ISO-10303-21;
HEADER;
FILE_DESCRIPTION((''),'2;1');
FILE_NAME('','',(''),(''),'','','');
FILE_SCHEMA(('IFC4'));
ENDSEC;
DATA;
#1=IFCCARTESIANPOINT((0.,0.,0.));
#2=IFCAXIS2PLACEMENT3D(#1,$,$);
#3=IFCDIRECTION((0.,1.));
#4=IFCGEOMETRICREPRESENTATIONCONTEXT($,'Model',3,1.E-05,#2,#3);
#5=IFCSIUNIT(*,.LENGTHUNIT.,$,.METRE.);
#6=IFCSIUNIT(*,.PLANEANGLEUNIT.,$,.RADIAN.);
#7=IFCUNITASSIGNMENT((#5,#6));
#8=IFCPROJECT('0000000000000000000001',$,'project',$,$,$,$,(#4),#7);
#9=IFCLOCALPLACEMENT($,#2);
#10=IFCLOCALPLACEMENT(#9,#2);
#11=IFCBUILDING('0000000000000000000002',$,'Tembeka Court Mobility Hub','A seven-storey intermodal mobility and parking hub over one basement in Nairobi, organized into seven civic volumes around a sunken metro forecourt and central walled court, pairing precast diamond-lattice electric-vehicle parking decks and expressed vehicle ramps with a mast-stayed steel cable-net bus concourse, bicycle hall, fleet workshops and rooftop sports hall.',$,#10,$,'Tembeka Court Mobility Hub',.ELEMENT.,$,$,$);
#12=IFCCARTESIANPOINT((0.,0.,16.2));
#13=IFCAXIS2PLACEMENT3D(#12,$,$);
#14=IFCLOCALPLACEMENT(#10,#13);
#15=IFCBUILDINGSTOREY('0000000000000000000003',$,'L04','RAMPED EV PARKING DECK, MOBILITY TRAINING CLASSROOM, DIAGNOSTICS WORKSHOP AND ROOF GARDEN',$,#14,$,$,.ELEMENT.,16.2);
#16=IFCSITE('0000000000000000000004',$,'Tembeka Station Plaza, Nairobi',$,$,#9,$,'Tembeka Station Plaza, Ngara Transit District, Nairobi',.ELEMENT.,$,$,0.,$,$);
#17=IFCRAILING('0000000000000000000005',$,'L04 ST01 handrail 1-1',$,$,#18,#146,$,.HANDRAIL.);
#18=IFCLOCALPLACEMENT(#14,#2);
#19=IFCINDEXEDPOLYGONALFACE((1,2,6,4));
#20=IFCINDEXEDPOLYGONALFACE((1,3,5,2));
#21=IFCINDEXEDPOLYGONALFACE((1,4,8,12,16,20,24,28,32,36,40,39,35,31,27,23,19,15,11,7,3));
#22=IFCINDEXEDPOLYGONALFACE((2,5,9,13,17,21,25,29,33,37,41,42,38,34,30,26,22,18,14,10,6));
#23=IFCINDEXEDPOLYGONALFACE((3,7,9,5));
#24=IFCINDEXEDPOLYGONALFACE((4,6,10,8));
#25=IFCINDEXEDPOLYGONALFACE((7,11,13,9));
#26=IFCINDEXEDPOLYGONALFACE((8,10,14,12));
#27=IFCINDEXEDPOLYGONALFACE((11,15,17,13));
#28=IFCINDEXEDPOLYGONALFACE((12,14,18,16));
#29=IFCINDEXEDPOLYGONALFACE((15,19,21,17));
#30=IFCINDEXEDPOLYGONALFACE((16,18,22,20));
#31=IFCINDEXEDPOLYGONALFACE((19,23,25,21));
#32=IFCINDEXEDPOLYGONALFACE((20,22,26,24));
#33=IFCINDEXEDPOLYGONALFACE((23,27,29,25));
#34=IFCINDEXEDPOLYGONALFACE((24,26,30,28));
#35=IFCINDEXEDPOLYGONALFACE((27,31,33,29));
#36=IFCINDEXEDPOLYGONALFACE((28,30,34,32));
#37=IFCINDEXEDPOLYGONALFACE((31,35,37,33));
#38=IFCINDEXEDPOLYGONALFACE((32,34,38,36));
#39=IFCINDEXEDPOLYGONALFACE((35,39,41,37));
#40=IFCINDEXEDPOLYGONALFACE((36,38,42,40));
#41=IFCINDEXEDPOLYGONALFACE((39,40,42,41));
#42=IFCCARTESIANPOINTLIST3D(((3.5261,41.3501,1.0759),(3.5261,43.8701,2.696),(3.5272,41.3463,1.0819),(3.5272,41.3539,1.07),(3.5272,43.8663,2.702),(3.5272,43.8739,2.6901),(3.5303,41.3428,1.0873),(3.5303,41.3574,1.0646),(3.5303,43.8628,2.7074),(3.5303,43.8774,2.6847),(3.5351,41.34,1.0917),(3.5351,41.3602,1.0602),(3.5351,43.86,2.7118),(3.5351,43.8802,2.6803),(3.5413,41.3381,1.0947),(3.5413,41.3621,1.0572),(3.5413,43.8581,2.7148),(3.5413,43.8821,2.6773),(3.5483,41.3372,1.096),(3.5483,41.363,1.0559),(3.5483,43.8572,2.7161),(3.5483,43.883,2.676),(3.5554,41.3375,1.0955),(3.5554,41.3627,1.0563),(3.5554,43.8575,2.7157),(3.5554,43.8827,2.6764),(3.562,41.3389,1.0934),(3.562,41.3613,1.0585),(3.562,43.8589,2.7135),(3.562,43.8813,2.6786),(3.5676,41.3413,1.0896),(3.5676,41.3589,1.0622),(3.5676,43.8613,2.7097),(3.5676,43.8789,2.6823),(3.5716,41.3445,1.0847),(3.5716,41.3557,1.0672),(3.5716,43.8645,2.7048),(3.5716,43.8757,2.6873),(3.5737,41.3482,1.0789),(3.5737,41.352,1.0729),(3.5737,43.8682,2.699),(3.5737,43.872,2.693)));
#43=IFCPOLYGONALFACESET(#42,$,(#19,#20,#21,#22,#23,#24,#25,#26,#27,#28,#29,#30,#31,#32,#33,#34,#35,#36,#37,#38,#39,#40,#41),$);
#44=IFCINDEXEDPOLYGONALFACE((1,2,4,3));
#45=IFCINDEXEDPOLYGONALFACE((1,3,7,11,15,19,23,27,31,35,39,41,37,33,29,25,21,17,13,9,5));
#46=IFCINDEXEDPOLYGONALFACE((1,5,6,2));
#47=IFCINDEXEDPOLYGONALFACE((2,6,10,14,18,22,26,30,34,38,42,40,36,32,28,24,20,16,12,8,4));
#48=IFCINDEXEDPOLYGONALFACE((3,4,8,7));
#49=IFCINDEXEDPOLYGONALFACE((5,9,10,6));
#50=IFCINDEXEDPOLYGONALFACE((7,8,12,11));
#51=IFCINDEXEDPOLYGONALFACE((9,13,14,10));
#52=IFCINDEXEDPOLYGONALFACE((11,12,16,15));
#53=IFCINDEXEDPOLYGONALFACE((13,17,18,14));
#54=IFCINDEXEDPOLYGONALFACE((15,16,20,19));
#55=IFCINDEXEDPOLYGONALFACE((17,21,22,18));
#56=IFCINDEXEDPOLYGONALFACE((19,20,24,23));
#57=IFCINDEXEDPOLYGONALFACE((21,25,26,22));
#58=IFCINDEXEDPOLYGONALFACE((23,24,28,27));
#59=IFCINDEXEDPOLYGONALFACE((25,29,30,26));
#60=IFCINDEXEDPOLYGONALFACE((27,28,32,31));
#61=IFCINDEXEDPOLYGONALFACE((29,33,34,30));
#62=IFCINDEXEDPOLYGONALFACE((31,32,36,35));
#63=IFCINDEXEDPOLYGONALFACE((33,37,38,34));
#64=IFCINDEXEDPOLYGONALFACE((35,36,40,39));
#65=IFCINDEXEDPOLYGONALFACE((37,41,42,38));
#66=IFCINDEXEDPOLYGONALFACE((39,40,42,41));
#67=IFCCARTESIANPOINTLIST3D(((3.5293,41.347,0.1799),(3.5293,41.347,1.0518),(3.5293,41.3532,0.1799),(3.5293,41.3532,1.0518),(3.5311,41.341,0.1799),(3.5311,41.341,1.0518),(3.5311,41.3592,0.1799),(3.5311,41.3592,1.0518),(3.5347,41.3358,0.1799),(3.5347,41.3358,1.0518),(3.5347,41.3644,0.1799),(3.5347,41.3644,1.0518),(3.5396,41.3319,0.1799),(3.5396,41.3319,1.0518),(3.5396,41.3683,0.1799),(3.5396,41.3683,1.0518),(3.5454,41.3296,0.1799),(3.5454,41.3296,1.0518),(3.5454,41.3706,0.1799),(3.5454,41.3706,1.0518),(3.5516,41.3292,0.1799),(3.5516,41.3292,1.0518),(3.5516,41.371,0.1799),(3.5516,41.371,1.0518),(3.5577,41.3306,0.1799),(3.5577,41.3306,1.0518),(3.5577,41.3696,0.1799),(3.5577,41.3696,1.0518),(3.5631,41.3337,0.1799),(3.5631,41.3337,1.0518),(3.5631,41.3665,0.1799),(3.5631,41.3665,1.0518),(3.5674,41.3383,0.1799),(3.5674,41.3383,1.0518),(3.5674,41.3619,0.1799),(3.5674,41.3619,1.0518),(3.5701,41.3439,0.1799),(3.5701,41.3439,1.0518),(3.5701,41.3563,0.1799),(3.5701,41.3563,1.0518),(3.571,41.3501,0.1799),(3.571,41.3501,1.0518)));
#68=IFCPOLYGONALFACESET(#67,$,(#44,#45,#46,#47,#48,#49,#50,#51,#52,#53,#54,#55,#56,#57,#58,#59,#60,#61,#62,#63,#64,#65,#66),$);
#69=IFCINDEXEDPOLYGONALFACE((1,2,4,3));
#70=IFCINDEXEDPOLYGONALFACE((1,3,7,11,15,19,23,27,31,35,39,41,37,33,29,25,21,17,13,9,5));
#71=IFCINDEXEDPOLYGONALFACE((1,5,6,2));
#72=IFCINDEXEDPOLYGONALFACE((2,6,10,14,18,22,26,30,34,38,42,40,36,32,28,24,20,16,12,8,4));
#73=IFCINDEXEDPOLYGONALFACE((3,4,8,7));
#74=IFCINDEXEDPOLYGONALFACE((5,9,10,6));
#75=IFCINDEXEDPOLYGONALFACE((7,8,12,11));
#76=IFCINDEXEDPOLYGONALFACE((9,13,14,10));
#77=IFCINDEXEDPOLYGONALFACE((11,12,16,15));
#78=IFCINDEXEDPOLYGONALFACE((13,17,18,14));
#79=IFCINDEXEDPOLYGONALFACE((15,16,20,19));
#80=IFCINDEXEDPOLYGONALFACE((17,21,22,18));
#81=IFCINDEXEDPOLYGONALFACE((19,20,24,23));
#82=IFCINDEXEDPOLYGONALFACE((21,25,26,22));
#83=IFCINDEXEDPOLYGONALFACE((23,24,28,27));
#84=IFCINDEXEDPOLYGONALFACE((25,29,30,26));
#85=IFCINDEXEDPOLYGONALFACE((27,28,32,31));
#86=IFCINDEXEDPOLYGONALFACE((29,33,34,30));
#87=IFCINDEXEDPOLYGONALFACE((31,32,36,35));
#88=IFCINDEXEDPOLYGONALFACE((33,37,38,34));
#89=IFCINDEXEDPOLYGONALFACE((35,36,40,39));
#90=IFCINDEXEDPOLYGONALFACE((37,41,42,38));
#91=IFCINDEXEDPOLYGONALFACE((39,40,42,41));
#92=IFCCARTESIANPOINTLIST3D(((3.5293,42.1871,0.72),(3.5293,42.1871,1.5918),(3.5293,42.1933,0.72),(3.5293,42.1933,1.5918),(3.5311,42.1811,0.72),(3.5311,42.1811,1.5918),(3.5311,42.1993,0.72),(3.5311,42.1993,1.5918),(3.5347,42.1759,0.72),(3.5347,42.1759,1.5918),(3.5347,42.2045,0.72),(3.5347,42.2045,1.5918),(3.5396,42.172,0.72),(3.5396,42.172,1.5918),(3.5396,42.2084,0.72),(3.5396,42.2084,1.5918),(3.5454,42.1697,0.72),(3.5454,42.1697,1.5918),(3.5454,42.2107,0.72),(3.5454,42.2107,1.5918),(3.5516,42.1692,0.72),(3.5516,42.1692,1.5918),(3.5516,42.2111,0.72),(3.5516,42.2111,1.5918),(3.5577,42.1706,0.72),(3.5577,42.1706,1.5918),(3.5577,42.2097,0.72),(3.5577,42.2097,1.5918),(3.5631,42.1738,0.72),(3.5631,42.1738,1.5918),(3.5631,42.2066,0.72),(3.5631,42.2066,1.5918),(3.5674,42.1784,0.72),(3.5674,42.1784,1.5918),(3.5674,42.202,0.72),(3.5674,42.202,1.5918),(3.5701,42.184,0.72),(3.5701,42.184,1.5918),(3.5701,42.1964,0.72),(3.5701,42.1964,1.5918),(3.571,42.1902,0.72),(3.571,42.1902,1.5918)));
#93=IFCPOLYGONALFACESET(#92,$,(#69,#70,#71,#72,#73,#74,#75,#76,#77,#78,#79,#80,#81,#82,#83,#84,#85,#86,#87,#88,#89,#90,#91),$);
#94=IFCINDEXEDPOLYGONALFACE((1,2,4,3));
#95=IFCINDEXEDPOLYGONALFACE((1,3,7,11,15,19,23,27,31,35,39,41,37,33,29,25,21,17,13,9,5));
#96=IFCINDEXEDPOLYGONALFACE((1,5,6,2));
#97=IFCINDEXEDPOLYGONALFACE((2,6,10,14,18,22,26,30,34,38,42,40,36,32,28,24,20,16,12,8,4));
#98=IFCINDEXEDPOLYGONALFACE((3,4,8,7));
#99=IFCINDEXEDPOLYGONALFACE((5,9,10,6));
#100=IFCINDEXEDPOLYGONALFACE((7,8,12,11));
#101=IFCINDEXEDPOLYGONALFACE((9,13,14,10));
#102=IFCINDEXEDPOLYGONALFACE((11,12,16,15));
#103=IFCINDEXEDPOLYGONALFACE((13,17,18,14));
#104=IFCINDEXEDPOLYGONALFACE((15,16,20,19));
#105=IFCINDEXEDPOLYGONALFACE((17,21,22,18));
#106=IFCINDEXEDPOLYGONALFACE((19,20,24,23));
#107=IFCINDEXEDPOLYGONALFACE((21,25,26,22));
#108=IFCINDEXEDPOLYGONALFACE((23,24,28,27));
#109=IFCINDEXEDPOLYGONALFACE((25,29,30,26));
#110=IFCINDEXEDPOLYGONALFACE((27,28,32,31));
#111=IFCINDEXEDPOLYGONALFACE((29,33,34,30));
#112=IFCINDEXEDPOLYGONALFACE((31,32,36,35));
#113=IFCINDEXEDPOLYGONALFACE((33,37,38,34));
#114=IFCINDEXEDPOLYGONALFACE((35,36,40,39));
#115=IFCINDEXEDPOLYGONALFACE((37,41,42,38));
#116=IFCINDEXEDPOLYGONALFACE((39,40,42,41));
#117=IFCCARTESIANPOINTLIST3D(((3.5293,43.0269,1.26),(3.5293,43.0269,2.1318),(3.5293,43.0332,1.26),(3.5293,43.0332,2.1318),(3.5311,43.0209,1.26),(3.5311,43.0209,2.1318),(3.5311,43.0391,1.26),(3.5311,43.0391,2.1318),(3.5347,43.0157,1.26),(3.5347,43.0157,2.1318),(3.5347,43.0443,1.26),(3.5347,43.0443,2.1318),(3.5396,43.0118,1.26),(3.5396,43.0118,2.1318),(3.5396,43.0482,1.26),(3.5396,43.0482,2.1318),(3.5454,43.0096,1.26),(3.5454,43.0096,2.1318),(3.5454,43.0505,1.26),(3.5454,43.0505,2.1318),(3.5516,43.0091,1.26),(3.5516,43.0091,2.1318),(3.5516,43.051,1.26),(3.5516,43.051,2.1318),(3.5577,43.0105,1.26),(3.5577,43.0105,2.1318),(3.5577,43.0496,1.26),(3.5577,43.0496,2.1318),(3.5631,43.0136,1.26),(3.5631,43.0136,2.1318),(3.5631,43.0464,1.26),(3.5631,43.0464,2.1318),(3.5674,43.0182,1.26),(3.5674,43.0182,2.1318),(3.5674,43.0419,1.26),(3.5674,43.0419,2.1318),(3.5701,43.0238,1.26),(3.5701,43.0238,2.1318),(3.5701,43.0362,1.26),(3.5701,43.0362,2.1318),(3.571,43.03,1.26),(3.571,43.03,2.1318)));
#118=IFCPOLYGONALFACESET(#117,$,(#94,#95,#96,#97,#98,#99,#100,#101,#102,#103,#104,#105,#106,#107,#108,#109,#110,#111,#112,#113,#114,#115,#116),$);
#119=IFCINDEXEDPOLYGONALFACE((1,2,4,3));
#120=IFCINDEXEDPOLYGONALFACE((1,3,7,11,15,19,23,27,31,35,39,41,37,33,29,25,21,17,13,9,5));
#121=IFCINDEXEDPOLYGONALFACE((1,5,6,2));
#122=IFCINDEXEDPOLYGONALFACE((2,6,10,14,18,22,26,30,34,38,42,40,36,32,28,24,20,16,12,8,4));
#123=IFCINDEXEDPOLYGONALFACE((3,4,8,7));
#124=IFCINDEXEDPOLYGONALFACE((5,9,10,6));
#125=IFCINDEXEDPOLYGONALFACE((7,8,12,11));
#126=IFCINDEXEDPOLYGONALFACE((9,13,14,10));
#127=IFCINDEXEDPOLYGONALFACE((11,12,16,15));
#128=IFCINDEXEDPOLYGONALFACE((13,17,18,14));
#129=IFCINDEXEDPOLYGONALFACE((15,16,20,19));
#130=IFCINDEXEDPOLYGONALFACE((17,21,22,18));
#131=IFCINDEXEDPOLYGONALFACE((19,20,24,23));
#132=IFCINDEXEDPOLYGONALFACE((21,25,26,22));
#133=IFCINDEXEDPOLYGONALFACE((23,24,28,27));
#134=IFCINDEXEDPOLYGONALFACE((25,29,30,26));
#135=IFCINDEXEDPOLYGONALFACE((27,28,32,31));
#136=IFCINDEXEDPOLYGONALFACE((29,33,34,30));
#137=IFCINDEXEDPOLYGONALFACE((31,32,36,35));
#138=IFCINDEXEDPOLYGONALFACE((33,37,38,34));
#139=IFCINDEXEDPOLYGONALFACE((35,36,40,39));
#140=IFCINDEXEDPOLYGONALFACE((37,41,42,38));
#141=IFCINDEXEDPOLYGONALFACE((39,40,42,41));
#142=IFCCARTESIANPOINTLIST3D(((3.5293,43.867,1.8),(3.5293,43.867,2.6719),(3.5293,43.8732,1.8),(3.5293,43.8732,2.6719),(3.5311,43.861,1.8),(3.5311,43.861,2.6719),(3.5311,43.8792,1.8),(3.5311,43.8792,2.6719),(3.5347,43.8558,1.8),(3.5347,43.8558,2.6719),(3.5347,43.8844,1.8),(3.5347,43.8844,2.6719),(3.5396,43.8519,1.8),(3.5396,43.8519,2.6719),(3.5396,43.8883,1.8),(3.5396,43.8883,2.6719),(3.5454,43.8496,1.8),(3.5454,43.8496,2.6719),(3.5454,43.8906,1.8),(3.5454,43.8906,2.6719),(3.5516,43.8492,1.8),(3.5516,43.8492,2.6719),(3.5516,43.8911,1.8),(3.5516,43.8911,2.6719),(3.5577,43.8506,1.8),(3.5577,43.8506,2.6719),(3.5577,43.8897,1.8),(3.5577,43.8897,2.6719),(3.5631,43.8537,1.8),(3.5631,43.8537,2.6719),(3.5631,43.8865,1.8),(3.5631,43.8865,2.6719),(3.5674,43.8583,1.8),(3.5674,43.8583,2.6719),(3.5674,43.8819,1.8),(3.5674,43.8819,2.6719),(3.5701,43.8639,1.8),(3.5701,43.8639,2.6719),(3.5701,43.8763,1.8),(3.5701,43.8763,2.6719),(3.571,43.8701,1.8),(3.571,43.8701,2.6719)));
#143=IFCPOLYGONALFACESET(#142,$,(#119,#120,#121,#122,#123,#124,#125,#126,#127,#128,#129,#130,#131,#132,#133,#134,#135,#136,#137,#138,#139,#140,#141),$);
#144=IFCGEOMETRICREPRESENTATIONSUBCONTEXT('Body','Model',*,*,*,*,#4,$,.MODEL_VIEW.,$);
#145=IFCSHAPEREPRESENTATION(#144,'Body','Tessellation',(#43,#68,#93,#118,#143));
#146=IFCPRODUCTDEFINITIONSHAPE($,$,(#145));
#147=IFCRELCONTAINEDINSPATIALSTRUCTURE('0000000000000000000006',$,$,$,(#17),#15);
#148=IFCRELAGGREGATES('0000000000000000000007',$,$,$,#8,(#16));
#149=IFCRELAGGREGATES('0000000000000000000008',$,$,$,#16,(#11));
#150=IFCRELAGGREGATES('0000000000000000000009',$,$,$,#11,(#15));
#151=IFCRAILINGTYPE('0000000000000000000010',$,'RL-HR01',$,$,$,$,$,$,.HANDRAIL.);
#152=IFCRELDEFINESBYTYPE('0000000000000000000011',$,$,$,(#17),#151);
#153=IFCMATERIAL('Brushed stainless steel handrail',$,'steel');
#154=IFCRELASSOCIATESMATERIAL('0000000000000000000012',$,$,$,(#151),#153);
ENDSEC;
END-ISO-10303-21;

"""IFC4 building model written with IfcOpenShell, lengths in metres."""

from ifc_helpers import new_model, si_unit, direction, frame, origin, origin_2d, place, context, subcontext, project, spatial, circle, extrude, material, type_object, element, save


model = new_model("IFC4")

# Units and contexts
model_context = context("Model", 3, precision=1e-05, world=origin(), true_north=direction((0.0, 1.0)))
body_context = subcontext(model_context, "Body", "Model", "MODEL_VIEW")
ifc_project = project(units=[si_unit("LENGTHUNIT", "METRE"), si_unit("PLANEANGLEUNIT", "RADIAN")], contexts=[model_context])

# Site, building, storey
site_placement = place(None, origin())
site = spatial("IfcSite", under=ifc_project, at=site_placement, Name="Tembeka Station Plaza, Nairobi", LongName="Tembeka Station Plaza, Ngara Transit District, Nairobi", CompositionType="ELEMENT", RefElevation=0.0)
building_placement = place(site_placement, origin())
building = spatial("IfcBuilding", under=site, at=building_placement, Name="Tembeka Court Mobility Hub", Description="A seven-storey intermodal mobility and parking hub over one basement in Nairobi, organized into seven civic volumes around a sunken metro forecourt and central walled court, pairing precast diamond-lattice electric-vehicle parking decks and expressed vehicle ramps with a mast-stayed steel cable-net bus concourse, bicycle hall, fleet workshops and rooftop sports hall.", LongName="Tembeka Court Mobility Hub", CompositionType="ELEMENT")
storey_placement = place(building_placement, frame((0.0, 0.0, 16.2)))
storey = spatial("IfcBuildingStorey", under=building, at=storey_placement, Name="L04", Description="RAMPED EV PARKING DECK, MOBILITY TRAINING CLASSROOM, DIAGNOSTICS WORKSHOP AND ROOF GARDEN", CompositionType="ELEMENT", Elevation=16.2)

# Railing
ifc_material_1 = material(Name="Brushed stainless steel handrail", Category="steel")
railing_type_1 = type_object("IfcRailingType", Name="RL-HR01", PredefinedType="HANDRAIL", material=ifc_material_1)
railing_1_placement = place(storey_placement, frame((3.55, 41.3501, 0.1799)))
element("IfcRailing", 1, at=railing_1_placement, inside=storey, type_object=railing_type_1, Name="L04 ST01 handrail 1-1", PredefinedType="HANDRAIL", context=body_context, shape_type="SweptSolid", body=[
    extrude(circle(Radius=0.0239, at=origin_2d()), frame((0.0, 0.0, 0.896), z_axis=(0.0, 0.841163, 0.540782), x_axis=(-1.0, 0.0, 0.0)), (0.0, 0.0, 1.0), 2.9958),
    extrude(circle(Radius=0.021, at=origin_2d()), origin(), (0.0, 0.0, 1.0), 0.8718),
    extrude(circle(Radius=0.021, at=origin_2d()), frame((0.0, 0.8401, 0.54)), (0.0, 0.0, 1.0), 0.8718),
    extrude(circle(Radius=0.021, at=origin_2d()), frame((0.0, 1.6799, 1.0801)), (0.0, 0.0, 1.0), 0.8718),
    extrude(circle(Radius=0.021, at=origin_2d()), frame((0.0, 2.52, 1.6201)), (0.0, 0.0, 1.0), 0.8718),
])

save(model, "model.ifc")
